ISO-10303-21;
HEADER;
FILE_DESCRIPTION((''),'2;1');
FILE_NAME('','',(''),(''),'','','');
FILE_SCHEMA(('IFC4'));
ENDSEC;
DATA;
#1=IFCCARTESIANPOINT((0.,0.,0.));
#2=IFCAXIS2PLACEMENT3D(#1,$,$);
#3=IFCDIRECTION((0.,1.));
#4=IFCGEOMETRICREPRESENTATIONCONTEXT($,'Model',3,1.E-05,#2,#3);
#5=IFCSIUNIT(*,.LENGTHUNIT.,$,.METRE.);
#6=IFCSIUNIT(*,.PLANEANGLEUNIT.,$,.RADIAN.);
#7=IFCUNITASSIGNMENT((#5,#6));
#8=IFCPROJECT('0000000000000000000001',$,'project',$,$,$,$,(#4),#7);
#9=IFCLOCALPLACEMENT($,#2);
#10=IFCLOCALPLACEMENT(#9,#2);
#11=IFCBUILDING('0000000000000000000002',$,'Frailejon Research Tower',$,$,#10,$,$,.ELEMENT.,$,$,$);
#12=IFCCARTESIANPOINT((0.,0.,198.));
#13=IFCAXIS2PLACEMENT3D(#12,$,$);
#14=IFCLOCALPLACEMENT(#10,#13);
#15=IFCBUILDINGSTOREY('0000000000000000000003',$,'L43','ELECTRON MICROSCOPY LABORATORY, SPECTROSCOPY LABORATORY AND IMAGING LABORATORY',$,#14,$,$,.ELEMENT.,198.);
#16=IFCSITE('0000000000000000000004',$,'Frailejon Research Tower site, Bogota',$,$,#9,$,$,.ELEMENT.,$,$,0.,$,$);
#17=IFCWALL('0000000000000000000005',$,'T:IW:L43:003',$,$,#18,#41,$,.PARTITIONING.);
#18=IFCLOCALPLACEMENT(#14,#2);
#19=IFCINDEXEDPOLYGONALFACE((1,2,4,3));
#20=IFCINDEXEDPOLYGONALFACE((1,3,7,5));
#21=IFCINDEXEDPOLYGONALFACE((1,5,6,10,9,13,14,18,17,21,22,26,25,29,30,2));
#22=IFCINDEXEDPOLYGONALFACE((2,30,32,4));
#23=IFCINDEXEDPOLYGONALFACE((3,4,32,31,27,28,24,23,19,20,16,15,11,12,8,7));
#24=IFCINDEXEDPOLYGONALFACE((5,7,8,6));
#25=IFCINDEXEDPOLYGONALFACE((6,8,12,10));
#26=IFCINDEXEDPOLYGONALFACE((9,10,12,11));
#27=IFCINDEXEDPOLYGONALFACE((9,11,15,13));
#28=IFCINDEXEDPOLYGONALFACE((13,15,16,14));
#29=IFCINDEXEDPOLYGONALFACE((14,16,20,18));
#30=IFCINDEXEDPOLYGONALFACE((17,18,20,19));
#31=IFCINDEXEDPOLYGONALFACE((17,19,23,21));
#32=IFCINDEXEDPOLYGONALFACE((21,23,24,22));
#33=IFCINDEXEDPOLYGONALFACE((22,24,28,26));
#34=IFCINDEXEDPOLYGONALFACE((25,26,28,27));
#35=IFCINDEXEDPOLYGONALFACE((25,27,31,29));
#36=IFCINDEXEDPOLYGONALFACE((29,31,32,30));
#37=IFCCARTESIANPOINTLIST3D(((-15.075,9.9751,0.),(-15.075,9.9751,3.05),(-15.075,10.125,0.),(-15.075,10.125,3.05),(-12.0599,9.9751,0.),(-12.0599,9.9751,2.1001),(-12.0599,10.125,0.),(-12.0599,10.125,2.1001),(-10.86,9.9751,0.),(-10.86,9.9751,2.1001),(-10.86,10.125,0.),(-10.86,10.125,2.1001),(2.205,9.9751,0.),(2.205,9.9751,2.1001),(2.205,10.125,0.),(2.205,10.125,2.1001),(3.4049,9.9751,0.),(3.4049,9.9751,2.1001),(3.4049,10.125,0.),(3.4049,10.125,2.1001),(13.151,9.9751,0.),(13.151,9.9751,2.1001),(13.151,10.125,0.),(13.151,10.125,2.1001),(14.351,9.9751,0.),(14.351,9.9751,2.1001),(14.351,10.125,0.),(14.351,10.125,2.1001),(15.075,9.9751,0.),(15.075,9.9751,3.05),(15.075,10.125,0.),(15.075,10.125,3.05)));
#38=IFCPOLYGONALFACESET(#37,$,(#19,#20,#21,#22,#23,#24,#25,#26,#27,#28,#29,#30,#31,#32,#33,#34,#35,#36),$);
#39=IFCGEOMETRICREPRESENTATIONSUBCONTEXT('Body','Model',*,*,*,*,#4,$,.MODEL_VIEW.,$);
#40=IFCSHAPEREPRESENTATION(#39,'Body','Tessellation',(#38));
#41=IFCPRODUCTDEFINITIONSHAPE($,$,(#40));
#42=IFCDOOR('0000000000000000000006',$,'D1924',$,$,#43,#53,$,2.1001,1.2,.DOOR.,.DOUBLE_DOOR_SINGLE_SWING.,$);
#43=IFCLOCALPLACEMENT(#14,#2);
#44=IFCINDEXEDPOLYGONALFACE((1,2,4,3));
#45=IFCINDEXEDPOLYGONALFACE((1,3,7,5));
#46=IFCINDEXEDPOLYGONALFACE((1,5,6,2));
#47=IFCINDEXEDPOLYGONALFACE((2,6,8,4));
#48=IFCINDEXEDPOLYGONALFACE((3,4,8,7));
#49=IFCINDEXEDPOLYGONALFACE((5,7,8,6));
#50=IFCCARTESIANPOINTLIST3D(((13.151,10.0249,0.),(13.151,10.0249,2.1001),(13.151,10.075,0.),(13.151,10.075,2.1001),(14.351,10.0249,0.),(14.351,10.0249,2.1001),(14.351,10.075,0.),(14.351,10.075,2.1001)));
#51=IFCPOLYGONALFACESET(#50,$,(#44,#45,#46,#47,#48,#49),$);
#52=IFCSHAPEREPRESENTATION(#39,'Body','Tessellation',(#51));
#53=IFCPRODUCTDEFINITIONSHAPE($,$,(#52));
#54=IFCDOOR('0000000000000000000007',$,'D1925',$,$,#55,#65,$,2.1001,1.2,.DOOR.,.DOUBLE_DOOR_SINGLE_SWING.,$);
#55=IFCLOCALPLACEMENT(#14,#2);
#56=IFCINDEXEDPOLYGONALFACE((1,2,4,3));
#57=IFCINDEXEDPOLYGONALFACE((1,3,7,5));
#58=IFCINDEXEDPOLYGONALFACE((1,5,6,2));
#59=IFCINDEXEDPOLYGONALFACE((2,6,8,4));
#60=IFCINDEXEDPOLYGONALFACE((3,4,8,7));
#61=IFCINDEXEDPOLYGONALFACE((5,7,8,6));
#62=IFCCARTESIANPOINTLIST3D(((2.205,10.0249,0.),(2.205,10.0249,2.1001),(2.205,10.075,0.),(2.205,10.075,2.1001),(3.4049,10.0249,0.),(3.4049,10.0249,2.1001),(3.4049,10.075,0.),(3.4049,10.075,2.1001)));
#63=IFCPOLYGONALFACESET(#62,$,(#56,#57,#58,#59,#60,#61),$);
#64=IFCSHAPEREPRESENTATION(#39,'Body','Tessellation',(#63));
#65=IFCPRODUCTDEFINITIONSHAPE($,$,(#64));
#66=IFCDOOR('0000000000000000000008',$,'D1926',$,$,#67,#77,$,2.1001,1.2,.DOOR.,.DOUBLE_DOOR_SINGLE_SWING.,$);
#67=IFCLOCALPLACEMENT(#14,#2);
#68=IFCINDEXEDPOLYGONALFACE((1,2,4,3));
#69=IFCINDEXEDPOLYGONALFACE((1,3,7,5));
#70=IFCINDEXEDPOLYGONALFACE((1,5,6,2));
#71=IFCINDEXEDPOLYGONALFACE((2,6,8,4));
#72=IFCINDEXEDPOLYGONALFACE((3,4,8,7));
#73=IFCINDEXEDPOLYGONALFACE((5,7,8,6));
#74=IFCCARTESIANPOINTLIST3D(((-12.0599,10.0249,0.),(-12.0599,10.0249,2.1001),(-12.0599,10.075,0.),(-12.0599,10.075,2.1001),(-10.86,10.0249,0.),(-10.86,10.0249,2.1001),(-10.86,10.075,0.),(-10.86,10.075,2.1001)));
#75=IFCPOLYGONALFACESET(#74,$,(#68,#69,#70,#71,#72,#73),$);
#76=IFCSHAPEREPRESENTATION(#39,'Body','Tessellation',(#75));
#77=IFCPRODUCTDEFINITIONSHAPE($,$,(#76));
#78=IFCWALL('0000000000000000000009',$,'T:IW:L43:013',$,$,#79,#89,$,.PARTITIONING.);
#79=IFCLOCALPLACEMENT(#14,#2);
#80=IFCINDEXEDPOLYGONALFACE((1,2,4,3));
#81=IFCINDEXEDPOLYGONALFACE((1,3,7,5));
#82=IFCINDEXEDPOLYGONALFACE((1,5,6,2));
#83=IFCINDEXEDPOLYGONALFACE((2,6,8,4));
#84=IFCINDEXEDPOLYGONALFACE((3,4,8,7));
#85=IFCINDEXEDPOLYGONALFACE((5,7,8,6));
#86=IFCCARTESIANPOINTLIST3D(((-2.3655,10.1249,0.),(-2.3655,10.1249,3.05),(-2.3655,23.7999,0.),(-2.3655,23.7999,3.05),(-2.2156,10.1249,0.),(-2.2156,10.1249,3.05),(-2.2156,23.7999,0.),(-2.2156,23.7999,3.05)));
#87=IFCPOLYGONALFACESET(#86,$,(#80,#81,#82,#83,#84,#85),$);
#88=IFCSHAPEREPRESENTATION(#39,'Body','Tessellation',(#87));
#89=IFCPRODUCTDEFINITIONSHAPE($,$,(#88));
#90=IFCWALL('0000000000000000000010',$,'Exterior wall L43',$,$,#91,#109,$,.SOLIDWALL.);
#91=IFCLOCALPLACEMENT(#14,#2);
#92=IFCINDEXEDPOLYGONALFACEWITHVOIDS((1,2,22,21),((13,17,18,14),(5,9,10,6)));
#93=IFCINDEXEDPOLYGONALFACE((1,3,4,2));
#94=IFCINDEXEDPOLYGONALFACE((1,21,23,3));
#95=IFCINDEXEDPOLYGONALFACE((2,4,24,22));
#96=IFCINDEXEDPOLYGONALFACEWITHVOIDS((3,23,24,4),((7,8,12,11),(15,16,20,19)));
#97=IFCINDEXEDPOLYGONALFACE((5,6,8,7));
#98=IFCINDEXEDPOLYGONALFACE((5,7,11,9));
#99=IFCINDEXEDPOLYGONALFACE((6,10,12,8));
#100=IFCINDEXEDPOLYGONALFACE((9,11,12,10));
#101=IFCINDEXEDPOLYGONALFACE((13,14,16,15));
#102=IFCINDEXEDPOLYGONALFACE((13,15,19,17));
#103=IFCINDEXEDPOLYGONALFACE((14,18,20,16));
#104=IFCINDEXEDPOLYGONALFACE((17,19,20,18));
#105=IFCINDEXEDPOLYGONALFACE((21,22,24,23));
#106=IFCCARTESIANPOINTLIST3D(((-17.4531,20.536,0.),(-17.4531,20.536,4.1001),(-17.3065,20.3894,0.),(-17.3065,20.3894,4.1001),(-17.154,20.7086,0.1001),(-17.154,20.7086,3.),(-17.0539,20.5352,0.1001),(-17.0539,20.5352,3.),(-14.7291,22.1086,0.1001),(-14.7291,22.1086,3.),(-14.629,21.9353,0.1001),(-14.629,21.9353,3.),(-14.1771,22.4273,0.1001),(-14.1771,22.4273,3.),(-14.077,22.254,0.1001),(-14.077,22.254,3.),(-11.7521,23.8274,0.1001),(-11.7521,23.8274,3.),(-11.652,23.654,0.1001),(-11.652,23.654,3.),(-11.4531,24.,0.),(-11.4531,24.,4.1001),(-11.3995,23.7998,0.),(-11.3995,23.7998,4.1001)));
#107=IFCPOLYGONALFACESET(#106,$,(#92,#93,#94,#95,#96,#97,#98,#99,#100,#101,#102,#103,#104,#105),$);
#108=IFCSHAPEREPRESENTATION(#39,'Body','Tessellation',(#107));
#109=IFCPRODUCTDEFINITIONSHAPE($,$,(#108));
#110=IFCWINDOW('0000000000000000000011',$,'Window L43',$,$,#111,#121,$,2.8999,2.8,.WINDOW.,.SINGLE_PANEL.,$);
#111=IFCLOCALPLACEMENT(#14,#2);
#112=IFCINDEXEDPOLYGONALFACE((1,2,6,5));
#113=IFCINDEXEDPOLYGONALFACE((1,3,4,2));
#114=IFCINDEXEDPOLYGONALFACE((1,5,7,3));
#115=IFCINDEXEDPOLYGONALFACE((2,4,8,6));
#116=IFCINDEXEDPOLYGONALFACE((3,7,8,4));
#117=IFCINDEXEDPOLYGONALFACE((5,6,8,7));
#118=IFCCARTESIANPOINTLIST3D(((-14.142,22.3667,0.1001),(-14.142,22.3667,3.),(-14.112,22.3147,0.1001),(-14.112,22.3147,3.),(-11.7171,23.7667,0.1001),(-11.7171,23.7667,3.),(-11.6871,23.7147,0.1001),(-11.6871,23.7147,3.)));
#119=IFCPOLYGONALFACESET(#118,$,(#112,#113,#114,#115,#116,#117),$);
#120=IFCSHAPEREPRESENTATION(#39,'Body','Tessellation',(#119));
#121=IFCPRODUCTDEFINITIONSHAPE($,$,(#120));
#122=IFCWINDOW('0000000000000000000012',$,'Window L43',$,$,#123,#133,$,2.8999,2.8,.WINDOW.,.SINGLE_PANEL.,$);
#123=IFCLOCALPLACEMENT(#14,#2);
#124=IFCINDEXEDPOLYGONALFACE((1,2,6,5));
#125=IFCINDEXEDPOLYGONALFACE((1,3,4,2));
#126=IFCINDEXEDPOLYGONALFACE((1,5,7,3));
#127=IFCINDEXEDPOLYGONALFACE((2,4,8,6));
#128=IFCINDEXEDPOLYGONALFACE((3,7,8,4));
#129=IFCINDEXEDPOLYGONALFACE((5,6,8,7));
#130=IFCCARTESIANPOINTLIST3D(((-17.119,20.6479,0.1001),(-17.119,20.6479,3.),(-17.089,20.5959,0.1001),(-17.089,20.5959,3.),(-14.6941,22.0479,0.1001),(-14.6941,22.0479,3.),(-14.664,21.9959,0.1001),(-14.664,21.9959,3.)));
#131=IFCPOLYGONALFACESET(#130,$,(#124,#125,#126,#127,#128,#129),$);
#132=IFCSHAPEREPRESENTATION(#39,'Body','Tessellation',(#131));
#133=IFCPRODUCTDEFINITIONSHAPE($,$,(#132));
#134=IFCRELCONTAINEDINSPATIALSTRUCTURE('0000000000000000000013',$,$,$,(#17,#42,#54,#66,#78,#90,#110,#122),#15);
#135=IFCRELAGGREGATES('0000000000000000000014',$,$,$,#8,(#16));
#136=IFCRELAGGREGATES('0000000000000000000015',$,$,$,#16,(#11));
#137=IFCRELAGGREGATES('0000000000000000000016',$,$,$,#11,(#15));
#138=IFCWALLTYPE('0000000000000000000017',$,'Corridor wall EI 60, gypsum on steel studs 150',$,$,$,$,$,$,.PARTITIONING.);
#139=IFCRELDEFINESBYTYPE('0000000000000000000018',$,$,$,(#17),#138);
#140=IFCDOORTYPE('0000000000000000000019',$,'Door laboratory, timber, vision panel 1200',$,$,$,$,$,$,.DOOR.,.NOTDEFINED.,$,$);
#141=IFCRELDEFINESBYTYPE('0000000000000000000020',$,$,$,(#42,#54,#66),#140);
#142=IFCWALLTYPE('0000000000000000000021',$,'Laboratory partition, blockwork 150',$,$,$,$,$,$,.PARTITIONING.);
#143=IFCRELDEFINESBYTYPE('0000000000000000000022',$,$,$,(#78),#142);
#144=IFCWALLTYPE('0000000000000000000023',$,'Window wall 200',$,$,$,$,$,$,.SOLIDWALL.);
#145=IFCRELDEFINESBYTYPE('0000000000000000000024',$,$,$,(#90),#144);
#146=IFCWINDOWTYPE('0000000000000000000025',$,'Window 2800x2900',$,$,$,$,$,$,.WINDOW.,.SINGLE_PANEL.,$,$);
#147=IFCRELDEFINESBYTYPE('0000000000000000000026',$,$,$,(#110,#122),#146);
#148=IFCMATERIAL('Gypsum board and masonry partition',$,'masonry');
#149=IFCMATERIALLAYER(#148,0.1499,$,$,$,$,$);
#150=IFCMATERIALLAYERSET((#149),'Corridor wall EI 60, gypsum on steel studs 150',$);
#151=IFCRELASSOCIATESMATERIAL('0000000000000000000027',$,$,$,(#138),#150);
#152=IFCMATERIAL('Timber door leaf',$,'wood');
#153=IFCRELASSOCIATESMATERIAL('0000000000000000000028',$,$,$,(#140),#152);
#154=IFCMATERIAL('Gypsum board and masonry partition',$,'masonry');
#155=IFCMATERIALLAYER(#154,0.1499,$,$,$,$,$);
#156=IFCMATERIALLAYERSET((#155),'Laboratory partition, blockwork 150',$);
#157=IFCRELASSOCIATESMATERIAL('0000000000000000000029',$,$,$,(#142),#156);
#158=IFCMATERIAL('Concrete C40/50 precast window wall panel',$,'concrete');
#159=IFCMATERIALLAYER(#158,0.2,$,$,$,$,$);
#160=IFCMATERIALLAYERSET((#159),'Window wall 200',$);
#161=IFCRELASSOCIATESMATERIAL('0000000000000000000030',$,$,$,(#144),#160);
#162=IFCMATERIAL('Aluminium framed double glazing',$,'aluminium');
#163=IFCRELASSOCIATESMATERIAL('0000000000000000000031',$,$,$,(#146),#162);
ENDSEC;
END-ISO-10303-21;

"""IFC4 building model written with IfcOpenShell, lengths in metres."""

from ifc_helpers import new_model, si_unit, direction, frame, frame_2d, origin, place, context, subcontext, project, spatial, polyline, rectangle, outline, extrude, material, layer, layer_set, type_object, element, fill, save


model = new_model("IFC4")

# Units and contexts
model_context = context("Model", 3, precision=1e-05, world=origin(), true_north=direction((0.0, 1.0)))
body_context = subcontext(model_context, "Body", "Model", "MODEL_VIEW")
ifc_project = project(units=[si_unit("LENGTHUNIT", "METRE"), si_unit("PLANEANGLEUNIT", "RADIAN")], contexts=[model_context])

# Site, building, storey
site_placement = place(None, origin())
site = spatial("IfcSite", under=ifc_project, at=site_placement, Name="Frailejon Research Tower site, Bogota", CompositionType="ELEMENT", RefElevation=0.0)
building_placement = place(site_placement, origin())
building = spatial("IfcBuilding", under=site, at=building_placement, Name="Frailejon Research Tower", CompositionType="ELEMENT")
storey_placement = place(building_placement, frame((0.0, 0.0, 198.0)))
storey = spatial("IfcBuildingStorey", under=building, at=storey_placement, Name="L43", Description="ELECTRON MICROSCOPY LABORATORY, SPECTROSCOPY LABORATORY AND IMAGING LABORATORY", CompositionType="ELEMENT", Elevation=198.0)

# Wall, openings, doors
ifc_material_1 = material(Name="Gypsum board and masonry partition", Category="masonry")
ifc_layer_1 = layer(ifc_material_1, 0.1499)
ifc_layer_set_1 = layer_set([ifc_layer_1], Name="Corridor wall EI 60, gypsum on steel studs 150")
wall_type_1 = type_object("IfcWallType", Name="Corridor wall EI 60, gypsum on steel studs 150", PredefinedType="PARTITIONING", material=ifc_layer_set_1)
wall_1_placement = place(storey_placement, frame((-15.075, 10.05, 0.0), z_axis=(0.0, 0.0, 1.0), x_axis=(1.0, 0.0, 0.0)))
wall_1 = element("IfcWall", 1, at=wall_1_placement, inside=storey, type_object=wall_type_1, Name="T:IW:L43:003", PredefinedType="PARTITIONING", context=body_context, shape_type="SweptSolid", body=[
    extrude(rectangle(XDim=30.1499, YDim=0.1499, at=frame_2d((15.075, 0.0))), origin(), (0.0, 0.0, 1.0), 3.05),
])
opening_1_placement = place(wall_1_placement, frame((28.2258, 0.0, 0.0)))
opening_1 = element("IfcOpeningElement", 2, at=opening_1_placement, cuts=wall_1, PredefinedType="OPENING", context=body_context, shape_type="SweptSolid", body=[
    extrude(rectangle(XDim=1.2, YDim=2.1001, at=frame_2d((0.6001, 1.05))), frame((0.0, 0.085, 0.0), z_axis=(0.0, -1.0, 0.0), x_axis=(1.0, 0.0, 0.0)), (0.0, 0.0, 1.0), 0.1699),
])
opening_2_placement = place(wall_1_placement, frame((17.2798, 0.0, 0.0)))
opening_2 = element("IfcOpeningElement", 3, at=opening_2_placement, cuts=wall_1, PredefinedType="OPENING", context=body_context, shape_type="SweptSolid", body=[
    extrude(rectangle(XDim=1.2, YDim=2.1001, at=frame_2d((0.6001, 1.05))), frame((0.0, 0.085, 0.0), z_axis=(0.0, -1.0, 0.0), x_axis=(1.0, 0.0, 0.0)), (0.0, 0.0, 1.0), 0.1699),
])
opening_3_placement = place(wall_1_placement, frame((3.0149, 0.0, 0.0)))
opening_3 = element("IfcOpeningElement", 4, at=opening_3_placement, cuts=wall_1, PredefinedType="OPENING", context=body_context, shape_type="SweptSolid", body=[
    extrude(rectangle(XDim=1.2, YDim=2.1001, at=frame_2d((0.6001, 1.05))), frame((0.0, 0.085, 0.0), z_axis=(0.0, -1.0, 0.0), x_axis=(1.0, 0.0, 0.0)), (0.0, 0.0, 1.0), 0.1699),
])
ifc_material_2 = material(Name="Timber door leaf", Category="wood")
door_type = type_object("IfcDoorType", Name="Door laboratory, timber, vision panel 1200", OperationType="NOTDEFINED", PredefinedType="DOOR", material=ifc_material_2)
door_1_placement = place(opening_1_placement, origin())
door_1 = element("IfcDoor", 5, at=door_1_placement, inside=storey, type_object=door_type, Name="D1924", OperationType="DOUBLE_DOOR_SINGLE_SWING", OverallHeight=2.1001, OverallWidth=1.2, PredefinedType="DOOR", context=body_context, shape_type="SweptSolid", body=[
    extrude(rectangle(XDim=1.2, YDim=2.1001, at=frame_2d((0.6001, 1.05))), frame((0.0, 0.0249, 0.0), z_axis=(0.0, -1.0, 0.0), x_axis=(1.0, 0.0, 0.0)), (0.0, 0.0, 1.0), 0.05),
])
fill(opening_1, door_1)
door_2_placement = place(opening_2_placement, origin())
door_2 = element("IfcDoor", 6, at=door_2_placement, inside=storey, type_object=door_type, Name="D1925", OperationType="DOUBLE_DOOR_SINGLE_SWING", OverallHeight=2.1001, OverallWidth=1.2, PredefinedType="DOOR", context=body_context, shape_type="SweptSolid", body=[
    extrude(rectangle(XDim=1.2, YDim=2.1001, at=frame_2d((0.6001, 1.05))), frame((0.0, 0.0249, 0.0), z_axis=(0.0, -1.0, 0.0), x_axis=(1.0, 0.0, 0.0)), (0.0, 0.0, 1.0), 0.05),
])
fill(opening_2, door_2)
door_3_placement = place(opening_3_placement, origin())
door_3 = element("IfcDoor", 7, at=door_3_placement, inside=storey, type_object=door_type, Name="D1926", OperationType="DOUBLE_DOOR_SINGLE_SWING", OverallHeight=2.1001, OverallWidth=1.2, PredefinedType="DOOR", context=body_context, shape_type="SweptSolid", body=[
    extrude(rectangle(XDim=1.2, YDim=2.1001, at=frame_2d((0.6001, 1.05))), frame((0.0, 0.0249, 0.0), z_axis=(0.0, -1.0, 0.0), x_axis=(1.0, 0.0, 0.0)), (0.0, 0.0, 1.0), 0.05),
])
fill(opening_3, door_3)

# Wall
ifc_material_3 = material(Name="Gypsum board and masonry partition", Category="masonry")
ifc_layer_2 = layer(ifc_material_3, 0.1499)
ifc_layer_set_2 = layer_set([ifc_layer_2], Name="Laboratory partition, blockwork 150")
wall_type_2 = type_object("IfcWallType", Name="Laboratory partition, blockwork 150", PredefinedType="PARTITIONING", material=ifc_layer_set_2)
wall_2_placement = place(storey_placement, frame((-2.2905, 10.125, 0.0), z_axis=(0.0, 0.0, 1.0), x_axis=(0.0, 1.0, 0.0)))
element("IfcWall", 8, at=wall_2_placement, inside=storey, type_object=wall_type_2, Name="T:IW:L43:013", PredefinedType="PARTITIONING", context=body_context, shape_type="SweptSolid", body=[
    extrude(rectangle(XDim=13.675, YDim=0.1499, at=frame_2d((6.8374, 0.0))), origin(), (0.0, 0.0, 1.0), 3.05),
])

# Wall, openings, windows
ifc_material_4 = material(Name="Concrete C40/50 precast window wall panel", Category="concrete")
ifc_layer_3 = layer(ifc_material_4, 0.2)
ifc_layer_set_3 = layer_set([ifc_layer_3], Name="Window wall 200")
wall_type_3 = type_object("IfcWallType", Name="Window wall 200", PredefinedType="SOLIDWALL", material=ifc_layer_set_3)
wall_3_placement = place(storey_placement, frame((-11.4263, 23.8999, 0.0), z_axis=(0.0, 0.0, 1.0), x_axis=(-0.866029, -0.499993, 0.0)))
wall_3 = element("IfcWall", 9, at=wall_3_placement, inside=storey, type_object=wall_type_3, Name="Exterior wall L43", PredefinedType="SOLIDWALL", context=body_context, shape_type="SweptSolid", body=[
    extrude(outline(polyline([(-0.0269, -0.1001), (1.1279, -0.1001), (2.2825, -0.1001), (3.4373, -0.1001), (4.592, -0.1001), (5.7466, -0.1001), (6.9014, -0.1001), (6.8477, 0.1001), (5.7109, 0.1001), (4.574, 0.1001), (3.4373, 0.1001), (2.3005, 0.1001), (1.1636, 0.1001), (0.0269, 0.1001), (-0.0269, -0.1001)])), origin(), (0.0, 0.0, 1.0), 4.1001),
])
opening_4_placement = place(wall_3_placement, frame((0.3186, 0.0, 0.1001)))
opening_4 = element("IfcOpeningElement", 10, at=opening_4_placement, cuts=wall_3, PredefinedType="OPENING", context=body_context, shape_type="SweptSolid", body=[
    extrude(rectangle(XDim=2.8, YDim=2.8999, at=frame_2d((1.3999, 1.45))), frame((0.0, 0.1099, 0.0), z_axis=(0.0, -1.0, 0.0), x_axis=(1.0, 0.0, 0.0)), (0.0, 0.0, 1.0), 0.22),
])
opening_5_placement = place(wall_3_placement, frame((3.7561, 0.0, 0.1001)))
opening_5 = element("IfcOpeningElement", 11, at=opening_5_placement, cuts=wall_3, PredefinedType="OPENING", context=body_context, shape_type="SweptSolid", body=[
    extrude(rectangle(XDim=2.8, YDim=2.8999, at=frame_2d((1.3999, 1.45))), frame((0.0, 0.1099, 0.0), z_axis=(0.0, -1.0, 0.0), x_axis=(1.0, 0.0, 0.0)), (0.0, 0.0, 1.0), 0.22),
])
ifc_material_5 = material(Name="Aluminium framed double glazing", Category="aluminium")
window_type = type_object("IfcWindowType", Name="Window 2800x2900", PartitioningType="SINGLE_PANEL", PredefinedType="WINDOW", material=ifc_material_5)
window_1_placement = place(opening_4_placement, origin())
window_1 = element("IfcWindow", 12, at=window_1_placement, inside=storey, type_object=window_type, Name="Window L43", OverallHeight=2.8999, OverallWidth=2.8, PartitioningType="SINGLE_PANEL", PredefinedType="WINDOW", context=body_context, shape_type="SweptSolid", body=[
    extrude(rectangle(XDim=2.8, YDim=2.8999, at=frame_2d((1.3999, 1.45))), frame((0.0, 0.03, 0.0), z_axis=(0.0, -1.0, 0.0), x_axis=(1.0, 0.0, 0.0)), (0.0, 0.0, 1.0), 0.0601),
])
fill(opening_4, window_1)
window_2_placement = place(opening_5_placement, origin())
window_2 = element("IfcWindow", 13, at=window_2_placement, inside=storey, type_object=window_type, Name="Window L43", OverallHeight=2.8999, OverallWidth=2.8, PartitioningType="SINGLE_PANEL", PredefinedType="WINDOW", context=body_context, shape_type="SweptSolid", body=[
    extrude(rectangle(XDim=2.8, YDim=2.8999, at=frame_2d((1.3999, 1.45))), frame((0.0, 0.03, 0.0), z_axis=(0.0, -1.0, 0.0), x_axis=(1.0, 0.0, 0.0)), (0.0, 0.0, 1.0), 0.0601),
])
fill(opening_5, window_2)

save(model, "model.ifc")
